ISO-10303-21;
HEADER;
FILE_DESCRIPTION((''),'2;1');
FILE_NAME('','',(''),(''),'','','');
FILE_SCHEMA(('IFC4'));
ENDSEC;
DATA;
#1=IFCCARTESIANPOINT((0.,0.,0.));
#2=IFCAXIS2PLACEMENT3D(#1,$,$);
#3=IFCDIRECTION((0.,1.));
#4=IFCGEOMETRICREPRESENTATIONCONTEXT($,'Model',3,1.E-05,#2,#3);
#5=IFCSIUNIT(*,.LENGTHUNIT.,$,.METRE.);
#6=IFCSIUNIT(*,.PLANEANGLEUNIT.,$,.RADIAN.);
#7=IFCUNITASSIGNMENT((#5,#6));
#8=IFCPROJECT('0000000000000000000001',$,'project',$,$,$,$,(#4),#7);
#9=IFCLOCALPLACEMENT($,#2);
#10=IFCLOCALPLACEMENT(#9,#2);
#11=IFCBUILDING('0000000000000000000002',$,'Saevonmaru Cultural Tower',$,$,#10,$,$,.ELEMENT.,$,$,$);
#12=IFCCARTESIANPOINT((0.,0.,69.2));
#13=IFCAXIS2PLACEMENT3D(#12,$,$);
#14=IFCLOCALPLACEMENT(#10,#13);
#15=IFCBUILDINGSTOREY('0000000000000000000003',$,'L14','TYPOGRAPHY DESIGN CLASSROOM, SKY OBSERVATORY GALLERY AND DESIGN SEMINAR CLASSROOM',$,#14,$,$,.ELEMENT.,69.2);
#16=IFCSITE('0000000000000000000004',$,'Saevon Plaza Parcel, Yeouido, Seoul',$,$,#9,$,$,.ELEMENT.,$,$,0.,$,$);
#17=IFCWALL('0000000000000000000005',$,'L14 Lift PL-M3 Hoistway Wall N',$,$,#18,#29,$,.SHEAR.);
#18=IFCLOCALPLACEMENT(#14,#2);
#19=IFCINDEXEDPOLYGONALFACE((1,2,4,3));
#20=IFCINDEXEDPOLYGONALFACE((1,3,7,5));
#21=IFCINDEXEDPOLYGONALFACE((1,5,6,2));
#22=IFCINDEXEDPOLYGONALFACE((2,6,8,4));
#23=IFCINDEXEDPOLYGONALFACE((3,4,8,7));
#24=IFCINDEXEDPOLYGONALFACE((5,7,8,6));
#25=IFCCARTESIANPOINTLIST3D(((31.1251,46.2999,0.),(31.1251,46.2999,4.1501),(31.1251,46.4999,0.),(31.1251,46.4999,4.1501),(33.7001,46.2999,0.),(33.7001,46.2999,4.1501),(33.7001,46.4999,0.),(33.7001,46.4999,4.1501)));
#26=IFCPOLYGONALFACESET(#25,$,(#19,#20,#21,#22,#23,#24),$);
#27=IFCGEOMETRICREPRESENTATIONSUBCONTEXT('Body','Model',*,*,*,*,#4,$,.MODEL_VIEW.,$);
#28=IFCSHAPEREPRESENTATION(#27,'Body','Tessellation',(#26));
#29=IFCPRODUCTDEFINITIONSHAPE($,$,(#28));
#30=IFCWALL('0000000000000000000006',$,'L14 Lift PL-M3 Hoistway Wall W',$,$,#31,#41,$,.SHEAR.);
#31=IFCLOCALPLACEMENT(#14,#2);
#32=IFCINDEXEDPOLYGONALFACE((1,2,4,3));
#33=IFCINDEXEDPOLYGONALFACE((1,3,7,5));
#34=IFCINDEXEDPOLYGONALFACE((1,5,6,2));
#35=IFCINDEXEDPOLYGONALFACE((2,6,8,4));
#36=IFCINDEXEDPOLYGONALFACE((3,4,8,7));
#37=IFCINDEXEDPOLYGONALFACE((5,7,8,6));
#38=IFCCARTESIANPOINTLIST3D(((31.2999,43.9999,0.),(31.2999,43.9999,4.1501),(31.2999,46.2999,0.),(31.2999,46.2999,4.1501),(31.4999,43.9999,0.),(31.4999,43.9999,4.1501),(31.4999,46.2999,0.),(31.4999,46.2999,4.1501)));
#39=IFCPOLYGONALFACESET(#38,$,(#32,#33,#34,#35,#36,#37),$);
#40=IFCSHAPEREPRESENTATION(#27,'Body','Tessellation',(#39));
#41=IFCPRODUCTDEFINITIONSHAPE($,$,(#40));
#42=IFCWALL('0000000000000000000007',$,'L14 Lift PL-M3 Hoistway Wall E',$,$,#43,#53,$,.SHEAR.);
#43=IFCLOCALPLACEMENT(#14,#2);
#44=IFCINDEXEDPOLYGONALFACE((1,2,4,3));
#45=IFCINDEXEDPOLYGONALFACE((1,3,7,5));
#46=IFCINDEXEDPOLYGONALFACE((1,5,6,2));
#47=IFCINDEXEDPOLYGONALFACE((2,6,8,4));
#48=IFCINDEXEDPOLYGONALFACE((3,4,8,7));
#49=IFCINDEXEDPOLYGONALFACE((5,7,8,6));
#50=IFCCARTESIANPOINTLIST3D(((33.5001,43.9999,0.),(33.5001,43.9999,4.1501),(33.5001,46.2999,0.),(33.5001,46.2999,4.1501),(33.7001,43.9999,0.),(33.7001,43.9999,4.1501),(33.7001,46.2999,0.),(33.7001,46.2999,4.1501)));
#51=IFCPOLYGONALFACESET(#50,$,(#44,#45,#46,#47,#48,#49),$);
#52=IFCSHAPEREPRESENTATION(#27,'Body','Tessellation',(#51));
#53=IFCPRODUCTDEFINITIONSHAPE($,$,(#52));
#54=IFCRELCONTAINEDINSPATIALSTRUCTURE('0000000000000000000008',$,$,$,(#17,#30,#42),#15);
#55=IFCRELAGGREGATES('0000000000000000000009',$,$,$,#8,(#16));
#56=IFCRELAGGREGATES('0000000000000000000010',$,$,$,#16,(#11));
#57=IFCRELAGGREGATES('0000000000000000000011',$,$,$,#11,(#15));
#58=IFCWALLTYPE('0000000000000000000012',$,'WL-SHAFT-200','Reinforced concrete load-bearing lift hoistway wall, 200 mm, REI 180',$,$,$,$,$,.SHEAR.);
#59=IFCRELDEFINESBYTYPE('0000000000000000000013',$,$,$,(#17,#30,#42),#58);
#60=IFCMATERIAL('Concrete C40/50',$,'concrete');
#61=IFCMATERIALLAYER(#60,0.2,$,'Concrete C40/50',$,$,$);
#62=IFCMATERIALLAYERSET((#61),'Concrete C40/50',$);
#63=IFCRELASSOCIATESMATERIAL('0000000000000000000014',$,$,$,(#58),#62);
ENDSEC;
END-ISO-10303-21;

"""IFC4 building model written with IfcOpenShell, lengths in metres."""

from ifc_helpers import new_model, si_unit, direction, frame, frame_2d, origin, place, context, subcontext, project, spatial, rectangle, extrude, material, layer, layer_set, type_object, element, save


model = new_model("IFC4")

# Units and contexts
model_context = context("Model", 3, precision=1e-05, world=origin(), true_north=direction((0.0, 1.0)))
body_context = subcontext(model_context, "Body", "Model", "MODEL_VIEW")
ifc_project = project(units=[si_unit("LENGTHUNIT", "METRE"), si_unit("PLANEANGLEUNIT", "RADIAN")], contexts=[model_context])

# Site, building, storey
site_placement = place(None, origin())
site = spatial("IfcSite", under=ifc_project, at=site_placement, Name="Saevon Plaza Parcel, Yeouido, Seoul", CompositionType="ELEMENT", RefElevation=0.0)
building_placement = place(site_placement, origin())
building = spatial("IfcBuilding", under=site, at=building_placement, Name="Saevonmaru Cultural Tower", CompositionType="ELEMENT")
storey_placement = place(building_placement, frame((0.0, 0.0, 69.2)))
storey = spatial("IfcBuildingStorey", under=building, at=storey_placement, Name="L14", Description="TYPOGRAPHY DESIGN CLASSROOM, SKY OBSERVATORY GALLERY AND DESIGN SEMINAR CLASSROOM", CompositionType="ELEMENT", Elevation=69.2)

# Walls
ifc_material_1 = material(Name="Concrete C40/50", Category="concrete")
ifc_layer_1 = layer(ifc_material_1, 0.2, Name="Concrete C40/50")
ifc_layer_set_1 = layer_set([ifc_layer_1], Name="Concrete C40/50")
wall_type_1 = type_object("IfcWallType", Name="WL-SHAFT-200", Description="Reinforced concrete load-bearing lift hoistway wall, 200 mm, REI 180", PredefinedType="SHEAR", material=ifc_layer_set_1)
for number, where, z_axis, x_axis, name in (
    (1, (31.125, 46.3999, 0.0), (0.0, 0.0, 1.0), (1.0, 0.0, 0.0), "L14 Lift PL-M3 Hoistway Wall N"),
):
    element("IfcWall", number, at=place(storey_placement, frame(where, z_axis=z_axis, x_axis=x_axis)), inside=storey, type_object=wall_type_1, Name=name, PredefinedType="SHEAR", context=body_context, shape_type="SweptSolid", body=[
        extrude(rectangle(XDim=2.575, YDim=0.2, at=frame_2d((1.2876, 0.0))), origin(), (0.0, 0.0, 1.0), 4.1501),
    ])
for number, where, z_axis, x_axis, name in (
    (2, (31.3999, 44.0, 0.0), (0.0, 0.0, 1.0), (0.0, 1.0, 0.0), "L14 Lift PL-M3 Hoistway Wall W"),
    (3, (33.6001, 44.0, 0.0), (0.0, 0.0, 1.0), (0.0, 1.0, 0.0), "L14 Lift PL-M3 Hoistway Wall E"),
):
    element("IfcWall", number, at=place(storey_placement, frame(where, z_axis=z_axis, x_axis=x_axis)), inside=storey, type_object=wall_type_1, Name=name, PredefinedType="SHEAR", context=body_context, shape_type="SweptSolid", body=[
        extrude(rectangle(XDim=2.3, YDim=0.2, at=frame_2d((1.1499, 0.0))), origin(), (0.0, 0.0, 1.0), 4.1501),
    ])

save(model, "model.ifc")
